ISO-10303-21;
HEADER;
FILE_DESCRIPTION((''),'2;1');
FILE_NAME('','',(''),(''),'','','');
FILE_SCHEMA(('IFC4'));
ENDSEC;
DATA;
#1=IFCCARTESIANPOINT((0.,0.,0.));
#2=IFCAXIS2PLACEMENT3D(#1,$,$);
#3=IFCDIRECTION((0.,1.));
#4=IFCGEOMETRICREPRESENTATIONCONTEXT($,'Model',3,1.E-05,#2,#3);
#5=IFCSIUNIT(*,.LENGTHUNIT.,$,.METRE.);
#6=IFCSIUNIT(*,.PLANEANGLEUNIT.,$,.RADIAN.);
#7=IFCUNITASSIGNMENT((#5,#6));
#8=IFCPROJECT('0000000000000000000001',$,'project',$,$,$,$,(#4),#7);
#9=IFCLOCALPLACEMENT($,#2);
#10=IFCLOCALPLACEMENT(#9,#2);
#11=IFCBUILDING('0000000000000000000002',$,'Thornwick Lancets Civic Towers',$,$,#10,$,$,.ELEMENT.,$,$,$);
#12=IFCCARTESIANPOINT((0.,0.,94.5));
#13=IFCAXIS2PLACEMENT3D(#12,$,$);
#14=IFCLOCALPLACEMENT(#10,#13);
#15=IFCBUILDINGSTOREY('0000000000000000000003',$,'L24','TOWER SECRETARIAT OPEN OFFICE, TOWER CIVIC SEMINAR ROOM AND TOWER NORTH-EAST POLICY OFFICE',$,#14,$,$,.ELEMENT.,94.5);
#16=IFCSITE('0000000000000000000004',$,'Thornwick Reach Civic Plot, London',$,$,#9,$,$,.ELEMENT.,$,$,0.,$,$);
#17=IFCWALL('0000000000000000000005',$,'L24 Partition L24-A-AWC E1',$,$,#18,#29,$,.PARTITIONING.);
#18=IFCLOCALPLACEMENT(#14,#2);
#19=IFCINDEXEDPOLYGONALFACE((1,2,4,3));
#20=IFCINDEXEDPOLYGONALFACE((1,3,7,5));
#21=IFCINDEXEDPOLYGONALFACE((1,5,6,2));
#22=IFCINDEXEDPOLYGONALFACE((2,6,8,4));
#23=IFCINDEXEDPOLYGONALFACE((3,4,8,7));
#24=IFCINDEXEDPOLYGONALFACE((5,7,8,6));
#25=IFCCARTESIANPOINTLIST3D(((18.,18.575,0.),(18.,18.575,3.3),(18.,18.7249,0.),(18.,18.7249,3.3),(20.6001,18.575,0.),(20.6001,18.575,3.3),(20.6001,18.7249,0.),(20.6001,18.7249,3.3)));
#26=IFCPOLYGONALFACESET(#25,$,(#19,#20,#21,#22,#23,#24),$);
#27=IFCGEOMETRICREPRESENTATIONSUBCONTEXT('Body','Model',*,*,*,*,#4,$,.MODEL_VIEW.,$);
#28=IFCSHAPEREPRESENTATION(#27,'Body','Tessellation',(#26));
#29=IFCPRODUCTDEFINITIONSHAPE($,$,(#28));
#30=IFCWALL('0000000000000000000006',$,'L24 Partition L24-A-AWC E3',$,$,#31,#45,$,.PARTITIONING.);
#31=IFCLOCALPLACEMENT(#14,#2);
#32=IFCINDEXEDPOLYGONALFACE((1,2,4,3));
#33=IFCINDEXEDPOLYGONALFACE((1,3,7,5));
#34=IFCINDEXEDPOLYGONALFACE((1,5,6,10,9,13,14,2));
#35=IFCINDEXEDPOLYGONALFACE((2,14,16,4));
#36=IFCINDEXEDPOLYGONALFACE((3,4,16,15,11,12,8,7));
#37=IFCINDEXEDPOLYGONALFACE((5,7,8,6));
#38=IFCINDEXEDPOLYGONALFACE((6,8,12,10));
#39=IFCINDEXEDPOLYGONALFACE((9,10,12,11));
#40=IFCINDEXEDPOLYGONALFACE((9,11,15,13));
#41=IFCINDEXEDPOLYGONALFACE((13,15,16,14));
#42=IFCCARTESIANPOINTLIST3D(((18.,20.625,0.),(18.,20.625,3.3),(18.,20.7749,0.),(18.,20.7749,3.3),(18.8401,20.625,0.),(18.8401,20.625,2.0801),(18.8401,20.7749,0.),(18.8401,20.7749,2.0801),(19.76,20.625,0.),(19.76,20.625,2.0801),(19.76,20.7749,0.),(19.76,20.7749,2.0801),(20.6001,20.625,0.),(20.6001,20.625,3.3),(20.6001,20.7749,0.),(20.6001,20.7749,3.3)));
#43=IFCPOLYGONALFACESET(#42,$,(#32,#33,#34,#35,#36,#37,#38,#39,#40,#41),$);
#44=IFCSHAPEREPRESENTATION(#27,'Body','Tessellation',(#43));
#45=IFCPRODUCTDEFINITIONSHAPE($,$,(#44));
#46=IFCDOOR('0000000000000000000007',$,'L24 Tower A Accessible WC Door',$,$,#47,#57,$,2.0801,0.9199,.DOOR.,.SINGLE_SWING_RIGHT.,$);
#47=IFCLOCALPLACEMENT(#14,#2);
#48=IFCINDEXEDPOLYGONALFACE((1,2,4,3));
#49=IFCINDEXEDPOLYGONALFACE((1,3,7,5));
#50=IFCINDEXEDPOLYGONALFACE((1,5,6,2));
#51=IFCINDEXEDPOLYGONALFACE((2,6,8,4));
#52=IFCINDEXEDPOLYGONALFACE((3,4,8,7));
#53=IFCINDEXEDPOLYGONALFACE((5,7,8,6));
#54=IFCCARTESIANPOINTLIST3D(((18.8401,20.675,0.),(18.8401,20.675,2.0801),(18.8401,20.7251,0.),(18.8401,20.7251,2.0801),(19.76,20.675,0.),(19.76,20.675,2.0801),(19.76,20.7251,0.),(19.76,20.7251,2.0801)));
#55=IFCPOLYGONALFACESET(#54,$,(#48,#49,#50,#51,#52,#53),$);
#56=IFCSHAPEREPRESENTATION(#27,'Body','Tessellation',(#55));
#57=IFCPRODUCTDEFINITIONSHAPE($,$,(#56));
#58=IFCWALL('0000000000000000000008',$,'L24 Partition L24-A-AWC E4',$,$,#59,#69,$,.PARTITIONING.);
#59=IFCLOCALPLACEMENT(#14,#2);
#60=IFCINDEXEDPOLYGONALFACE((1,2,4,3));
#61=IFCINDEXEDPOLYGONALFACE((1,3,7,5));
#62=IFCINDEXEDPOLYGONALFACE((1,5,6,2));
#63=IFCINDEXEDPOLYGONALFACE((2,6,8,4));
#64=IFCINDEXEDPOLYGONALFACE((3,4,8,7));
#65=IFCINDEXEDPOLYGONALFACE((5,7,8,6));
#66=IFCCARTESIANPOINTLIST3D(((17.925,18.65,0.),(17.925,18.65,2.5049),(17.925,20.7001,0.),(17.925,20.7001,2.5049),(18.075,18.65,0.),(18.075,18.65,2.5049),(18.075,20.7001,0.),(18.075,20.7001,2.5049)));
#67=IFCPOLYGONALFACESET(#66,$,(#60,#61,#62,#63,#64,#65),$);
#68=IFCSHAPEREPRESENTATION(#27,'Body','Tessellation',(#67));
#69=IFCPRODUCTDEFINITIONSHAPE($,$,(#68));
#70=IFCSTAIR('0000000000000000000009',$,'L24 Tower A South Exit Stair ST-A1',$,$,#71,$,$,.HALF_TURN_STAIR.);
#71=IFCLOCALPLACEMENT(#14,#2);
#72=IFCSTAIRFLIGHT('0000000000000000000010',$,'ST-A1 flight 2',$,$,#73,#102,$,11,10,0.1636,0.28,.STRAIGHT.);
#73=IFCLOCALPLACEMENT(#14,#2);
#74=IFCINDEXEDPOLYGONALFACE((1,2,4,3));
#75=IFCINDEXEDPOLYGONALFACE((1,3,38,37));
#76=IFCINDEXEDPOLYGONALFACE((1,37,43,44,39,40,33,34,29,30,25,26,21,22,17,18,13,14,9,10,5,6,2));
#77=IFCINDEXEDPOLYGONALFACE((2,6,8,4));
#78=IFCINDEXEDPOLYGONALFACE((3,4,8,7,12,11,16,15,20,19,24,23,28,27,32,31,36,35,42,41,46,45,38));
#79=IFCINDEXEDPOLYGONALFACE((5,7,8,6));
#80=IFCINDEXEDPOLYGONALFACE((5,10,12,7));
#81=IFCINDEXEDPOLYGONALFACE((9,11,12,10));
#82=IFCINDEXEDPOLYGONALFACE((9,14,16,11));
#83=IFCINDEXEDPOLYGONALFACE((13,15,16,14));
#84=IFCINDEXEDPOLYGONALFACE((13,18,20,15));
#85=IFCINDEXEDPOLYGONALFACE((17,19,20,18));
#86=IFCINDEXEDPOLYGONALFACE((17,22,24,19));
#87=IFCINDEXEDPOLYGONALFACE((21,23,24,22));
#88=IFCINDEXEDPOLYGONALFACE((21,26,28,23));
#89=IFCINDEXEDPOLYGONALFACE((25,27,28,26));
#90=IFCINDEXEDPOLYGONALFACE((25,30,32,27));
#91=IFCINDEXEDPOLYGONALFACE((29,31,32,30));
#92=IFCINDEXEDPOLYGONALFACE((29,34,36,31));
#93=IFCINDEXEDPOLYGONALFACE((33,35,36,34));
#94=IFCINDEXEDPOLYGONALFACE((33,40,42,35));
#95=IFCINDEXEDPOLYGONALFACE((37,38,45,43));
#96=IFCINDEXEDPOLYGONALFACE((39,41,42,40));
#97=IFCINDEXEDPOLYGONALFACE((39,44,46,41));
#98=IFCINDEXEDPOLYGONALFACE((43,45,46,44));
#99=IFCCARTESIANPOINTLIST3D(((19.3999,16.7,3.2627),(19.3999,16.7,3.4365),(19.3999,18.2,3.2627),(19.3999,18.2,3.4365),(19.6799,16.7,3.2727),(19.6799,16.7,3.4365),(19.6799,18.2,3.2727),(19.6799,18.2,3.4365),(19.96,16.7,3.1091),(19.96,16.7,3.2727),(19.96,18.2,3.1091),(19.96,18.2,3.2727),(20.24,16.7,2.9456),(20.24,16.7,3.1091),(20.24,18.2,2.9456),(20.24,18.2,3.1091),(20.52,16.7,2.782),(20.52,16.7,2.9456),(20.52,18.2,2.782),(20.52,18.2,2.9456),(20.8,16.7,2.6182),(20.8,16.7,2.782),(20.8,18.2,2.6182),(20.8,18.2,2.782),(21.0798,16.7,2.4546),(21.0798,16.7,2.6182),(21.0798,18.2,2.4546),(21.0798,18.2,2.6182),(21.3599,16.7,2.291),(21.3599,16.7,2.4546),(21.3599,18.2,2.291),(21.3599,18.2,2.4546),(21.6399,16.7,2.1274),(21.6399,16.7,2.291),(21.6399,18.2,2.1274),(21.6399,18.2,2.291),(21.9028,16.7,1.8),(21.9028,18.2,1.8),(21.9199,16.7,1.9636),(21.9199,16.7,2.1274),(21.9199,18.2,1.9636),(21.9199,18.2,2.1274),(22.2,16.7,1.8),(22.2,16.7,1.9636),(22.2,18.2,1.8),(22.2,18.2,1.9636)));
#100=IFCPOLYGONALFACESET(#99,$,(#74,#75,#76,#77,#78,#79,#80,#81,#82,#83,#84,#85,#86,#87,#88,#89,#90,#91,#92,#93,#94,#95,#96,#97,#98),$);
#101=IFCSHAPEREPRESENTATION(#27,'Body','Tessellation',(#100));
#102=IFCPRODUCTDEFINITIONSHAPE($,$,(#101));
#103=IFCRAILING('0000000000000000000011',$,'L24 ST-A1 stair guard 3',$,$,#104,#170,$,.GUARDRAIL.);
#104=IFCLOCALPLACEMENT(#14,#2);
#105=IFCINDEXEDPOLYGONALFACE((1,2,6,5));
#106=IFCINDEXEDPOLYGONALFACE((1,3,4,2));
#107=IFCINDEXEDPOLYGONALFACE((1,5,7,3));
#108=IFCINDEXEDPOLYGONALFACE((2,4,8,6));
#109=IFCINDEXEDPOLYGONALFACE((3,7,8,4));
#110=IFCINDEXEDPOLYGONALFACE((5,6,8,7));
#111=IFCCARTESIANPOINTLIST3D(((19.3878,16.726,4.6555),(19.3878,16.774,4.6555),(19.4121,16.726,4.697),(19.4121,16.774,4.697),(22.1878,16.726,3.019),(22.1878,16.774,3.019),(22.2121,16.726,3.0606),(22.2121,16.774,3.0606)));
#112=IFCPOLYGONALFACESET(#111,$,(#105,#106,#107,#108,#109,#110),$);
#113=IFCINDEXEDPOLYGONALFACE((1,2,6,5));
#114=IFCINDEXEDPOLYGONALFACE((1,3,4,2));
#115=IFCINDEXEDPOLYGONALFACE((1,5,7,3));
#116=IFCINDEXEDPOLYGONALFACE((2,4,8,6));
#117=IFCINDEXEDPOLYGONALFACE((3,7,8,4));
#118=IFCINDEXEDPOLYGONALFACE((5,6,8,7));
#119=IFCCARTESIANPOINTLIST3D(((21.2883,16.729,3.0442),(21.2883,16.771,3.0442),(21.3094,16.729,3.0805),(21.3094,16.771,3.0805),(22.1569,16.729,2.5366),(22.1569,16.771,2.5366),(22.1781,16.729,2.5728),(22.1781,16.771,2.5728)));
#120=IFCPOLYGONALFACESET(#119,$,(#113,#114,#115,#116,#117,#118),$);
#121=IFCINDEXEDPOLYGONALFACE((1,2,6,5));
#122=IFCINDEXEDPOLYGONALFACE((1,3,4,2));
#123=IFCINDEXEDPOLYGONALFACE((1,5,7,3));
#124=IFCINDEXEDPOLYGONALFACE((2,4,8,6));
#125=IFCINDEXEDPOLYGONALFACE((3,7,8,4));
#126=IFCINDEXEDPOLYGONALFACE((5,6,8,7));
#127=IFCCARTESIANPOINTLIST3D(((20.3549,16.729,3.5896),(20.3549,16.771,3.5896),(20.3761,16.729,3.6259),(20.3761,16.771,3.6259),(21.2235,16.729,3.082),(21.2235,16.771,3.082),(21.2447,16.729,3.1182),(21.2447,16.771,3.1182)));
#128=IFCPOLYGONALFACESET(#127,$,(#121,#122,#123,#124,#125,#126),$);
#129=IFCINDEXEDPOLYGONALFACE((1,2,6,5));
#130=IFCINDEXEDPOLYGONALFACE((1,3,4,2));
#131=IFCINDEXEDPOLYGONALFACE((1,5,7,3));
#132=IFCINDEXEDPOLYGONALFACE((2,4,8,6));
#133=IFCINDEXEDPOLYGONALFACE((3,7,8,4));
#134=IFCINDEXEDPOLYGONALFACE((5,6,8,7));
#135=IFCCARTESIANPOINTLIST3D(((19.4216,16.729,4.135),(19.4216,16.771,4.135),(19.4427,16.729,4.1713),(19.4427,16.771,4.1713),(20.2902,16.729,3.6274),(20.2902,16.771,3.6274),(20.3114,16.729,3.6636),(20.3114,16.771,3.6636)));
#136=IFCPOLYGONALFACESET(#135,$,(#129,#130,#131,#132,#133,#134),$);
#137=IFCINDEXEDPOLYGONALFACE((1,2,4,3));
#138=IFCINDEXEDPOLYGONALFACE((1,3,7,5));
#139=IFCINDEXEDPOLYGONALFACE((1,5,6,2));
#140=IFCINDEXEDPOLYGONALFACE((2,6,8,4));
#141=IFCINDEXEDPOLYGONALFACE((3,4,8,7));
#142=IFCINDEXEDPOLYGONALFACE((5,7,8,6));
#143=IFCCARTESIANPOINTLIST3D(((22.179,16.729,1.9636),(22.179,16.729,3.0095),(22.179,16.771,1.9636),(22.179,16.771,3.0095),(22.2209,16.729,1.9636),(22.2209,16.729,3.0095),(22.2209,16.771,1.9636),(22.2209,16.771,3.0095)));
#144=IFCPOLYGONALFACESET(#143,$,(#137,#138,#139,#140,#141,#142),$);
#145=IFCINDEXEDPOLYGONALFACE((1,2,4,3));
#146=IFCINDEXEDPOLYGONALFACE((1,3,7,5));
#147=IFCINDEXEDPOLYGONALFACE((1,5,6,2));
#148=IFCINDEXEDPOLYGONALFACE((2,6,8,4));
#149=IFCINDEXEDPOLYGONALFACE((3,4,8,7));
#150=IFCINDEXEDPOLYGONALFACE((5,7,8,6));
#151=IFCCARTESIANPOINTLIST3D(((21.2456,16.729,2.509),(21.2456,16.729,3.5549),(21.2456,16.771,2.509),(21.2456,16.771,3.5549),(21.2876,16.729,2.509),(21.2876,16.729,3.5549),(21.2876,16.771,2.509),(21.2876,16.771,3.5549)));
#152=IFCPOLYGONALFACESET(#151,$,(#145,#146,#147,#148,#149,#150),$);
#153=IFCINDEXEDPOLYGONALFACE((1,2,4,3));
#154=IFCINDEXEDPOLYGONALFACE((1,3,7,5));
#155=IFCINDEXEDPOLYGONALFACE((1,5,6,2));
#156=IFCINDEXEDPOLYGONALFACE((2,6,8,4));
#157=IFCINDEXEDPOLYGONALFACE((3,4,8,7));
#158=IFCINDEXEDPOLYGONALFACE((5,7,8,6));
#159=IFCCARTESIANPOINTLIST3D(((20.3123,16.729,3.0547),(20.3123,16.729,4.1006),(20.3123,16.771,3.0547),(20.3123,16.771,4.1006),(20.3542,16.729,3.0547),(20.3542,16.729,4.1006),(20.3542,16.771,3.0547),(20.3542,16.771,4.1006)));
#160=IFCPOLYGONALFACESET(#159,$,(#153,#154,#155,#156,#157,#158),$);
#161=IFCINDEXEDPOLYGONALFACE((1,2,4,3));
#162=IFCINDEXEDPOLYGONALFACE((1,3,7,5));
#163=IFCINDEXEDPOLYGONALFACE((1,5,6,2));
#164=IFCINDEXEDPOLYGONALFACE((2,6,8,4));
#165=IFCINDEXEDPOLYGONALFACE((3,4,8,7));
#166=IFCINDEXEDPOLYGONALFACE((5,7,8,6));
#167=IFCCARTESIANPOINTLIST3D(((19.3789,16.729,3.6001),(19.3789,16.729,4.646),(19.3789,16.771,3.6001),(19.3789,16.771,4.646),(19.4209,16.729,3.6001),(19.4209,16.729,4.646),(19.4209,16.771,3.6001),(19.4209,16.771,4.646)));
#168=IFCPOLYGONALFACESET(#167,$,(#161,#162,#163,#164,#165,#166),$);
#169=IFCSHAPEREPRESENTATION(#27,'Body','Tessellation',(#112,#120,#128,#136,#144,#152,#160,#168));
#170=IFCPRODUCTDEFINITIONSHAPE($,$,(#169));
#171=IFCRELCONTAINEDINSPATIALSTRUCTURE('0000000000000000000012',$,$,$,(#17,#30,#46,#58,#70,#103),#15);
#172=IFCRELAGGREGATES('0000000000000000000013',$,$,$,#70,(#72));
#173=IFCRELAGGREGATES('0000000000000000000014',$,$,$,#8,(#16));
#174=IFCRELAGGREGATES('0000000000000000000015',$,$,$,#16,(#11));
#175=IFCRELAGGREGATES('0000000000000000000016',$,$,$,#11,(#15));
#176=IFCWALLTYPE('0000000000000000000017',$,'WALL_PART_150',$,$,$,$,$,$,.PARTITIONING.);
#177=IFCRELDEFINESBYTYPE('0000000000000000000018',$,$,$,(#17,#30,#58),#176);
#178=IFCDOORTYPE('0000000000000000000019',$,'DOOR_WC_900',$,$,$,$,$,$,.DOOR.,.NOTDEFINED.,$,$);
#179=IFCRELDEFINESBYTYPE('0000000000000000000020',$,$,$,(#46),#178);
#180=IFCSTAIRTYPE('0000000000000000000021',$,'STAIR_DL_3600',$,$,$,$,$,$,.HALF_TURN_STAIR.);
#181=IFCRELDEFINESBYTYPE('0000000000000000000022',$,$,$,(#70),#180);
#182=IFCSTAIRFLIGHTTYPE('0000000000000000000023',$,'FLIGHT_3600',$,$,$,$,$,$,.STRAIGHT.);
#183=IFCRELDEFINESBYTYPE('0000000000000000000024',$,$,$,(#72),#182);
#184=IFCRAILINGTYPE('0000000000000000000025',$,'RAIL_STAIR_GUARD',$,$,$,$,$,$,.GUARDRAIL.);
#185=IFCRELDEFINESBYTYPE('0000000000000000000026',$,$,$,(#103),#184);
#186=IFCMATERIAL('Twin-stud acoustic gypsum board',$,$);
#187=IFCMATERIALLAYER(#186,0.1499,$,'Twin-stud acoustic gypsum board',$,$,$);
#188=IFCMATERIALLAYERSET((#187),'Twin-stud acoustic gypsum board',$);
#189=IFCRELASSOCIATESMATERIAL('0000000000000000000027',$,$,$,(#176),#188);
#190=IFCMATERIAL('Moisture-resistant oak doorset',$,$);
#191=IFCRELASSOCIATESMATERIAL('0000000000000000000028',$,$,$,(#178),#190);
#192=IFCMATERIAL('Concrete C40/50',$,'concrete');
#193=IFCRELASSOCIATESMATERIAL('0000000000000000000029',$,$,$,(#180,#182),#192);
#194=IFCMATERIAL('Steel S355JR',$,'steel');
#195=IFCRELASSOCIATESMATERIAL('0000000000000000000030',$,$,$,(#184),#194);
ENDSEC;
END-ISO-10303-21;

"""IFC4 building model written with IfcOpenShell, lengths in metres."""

from ifc_helpers import new_model, si_unit, direction, frame, frame_2d, origin, origin_2d, place, context, subcontext, project, spatial, polyline, rectangle, outline, extrude, material, layer, layer_set, type_object, element, fill, aggregate, save


model = new_model("IFC4")

# Units and contexts
model_context = context("Model", 3, precision=1e-05, world=origin(), true_north=direction((0.0, 1.0)))
body_context = subcontext(model_context, "Body", "Model", "MODEL_VIEW")
ifc_project = project(units=[si_unit("LENGTHUNIT", "METRE"), si_unit("PLANEANGLEUNIT", "RADIAN")], contexts=[model_context])

# Site, building, storey
site_placement = place(None, origin())
site = spatial("IfcSite", under=ifc_project, at=site_placement, Name="Thornwick Reach Civic Plot, London", CompositionType="ELEMENT", RefElevation=0.0)
building_placement = place(site_placement, origin())
building = spatial("IfcBuilding", under=site, at=building_placement, Name="Thornwick Lancets Civic Towers", CompositionType="ELEMENT")
storey_placement = place(building_placement, frame((0.0, 0.0, 94.5)))
storey = spatial("IfcBuildingStorey", under=building, at=storey_placement, Name="L24", Description="TOWER SECRETARIAT OPEN OFFICE, TOWER CIVIC SEMINAR ROOM AND TOWER NORTH-EAST POLICY OFFICE", CompositionType="ELEMENT", Elevation=94.5)

# Wall
ifc_material_1 = material(Name="Twin-stud acoustic gypsum board")
ifc_layer_1 = layer(ifc_material_1, 0.1499, Name="Twin-stud acoustic gypsum board")
ifc_layer_set_1 = layer_set([ifc_layer_1], Name="Twin-stud acoustic gypsum board")
wall_type_1 = type_object("IfcWallType", Name="WALL_PART_150", PredefinedType="PARTITIONING", material=ifc_layer_set_1)
wall_1_placement = place(storey_placement, frame((18.0, 18.6499, 0.0), z_axis=(0.0, 0.0, 1.0), x_axis=(1.0, 0.0, 0.0)))
element("IfcWall", 1, at=wall_1_placement, inside=storey, type_object=wall_type_1, Name="L24 Partition L24-A-AWC E1", PredefinedType="PARTITIONING", context=body_context, shape_type="SweptSolid", body=[
    extrude(rectangle(XDim=2.6001, YDim=0.1499, at=frame_2d((1.3, 0.0))), origin(), (0.0, 0.0, 1.0), 3.3),
])

# Wall, opening, door
wall_2_placement = place(storey_placement, frame((20.6001, 20.7, 0.0), z_axis=(0.0, 0.0, 1.0), x_axis=(-1.0, 0.0, 0.0)))
wall_2 = element("IfcWall", 2, at=wall_2_placement, inside=storey, type_object=wall_type_1, Name="L24 Partition L24-A-AWC E3", PredefinedType="PARTITIONING", context=body_context, shape_type="SweptSolid", body=[
    extrude(rectangle(XDim=2.6001, YDim=0.1499, at=frame_2d((1.3, 0.0))), origin(), (0.0, 0.0, 1.0), 3.3),
])
opening_1_placement = place(wall_2_placement, frame((0.8401, 0.0, 0.0)))
opening_1 = element("IfcOpeningElement", 3, at=opening_1_placement, cuts=wall_2, PredefinedType="OPENING", context=body_context, shape_type="SweptSolid", body=[
    extrude(rectangle(XDim=0.9199, YDim=2.0801, at=frame_2d((0.46, 1.04))), frame((0.0, 0.085, 0.0), z_axis=(0.0, -1.0, 0.0), x_axis=(1.0, 0.0, 0.0)), (0.0, 0.0, 1.0), 0.1699),
])
ifc_material_2 = material(Name="Moisture-resistant oak doorset")
door_type_1 = type_object("IfcDoorType", Name="DOOR_WC_900", OperationType="NOTDEFINED", PredefinedType="DOOR", material=ifc_material_2)
door_1_placement = place(opening_1_placement, origin())
door_1 = element("IfcDoor", 4, at=door_1_placement, inside=storey, type_object=door_type_1, Name="L24 Tower A Accessible WC Door", OperationType="SINGLE_SWING_RIGHT", OverallHeight=2.0801, OverallWidth=0.9199, PredefinedType="DOOR", context=body_context, shape_type="SweptSolid", body=[
    extrude(rectangle(XDim=0.9199, YDim=2.0801, at=frame_2d((0.46, 1.04))), frame((0.0, 0.0249, 0.0), z_axis=(0.0, -1.0, 0.0), x_axis=(1.0, 0.0, 0.0)), (0.0, 0.0, 1.0), 0.05),
])
fill(opening_1, door_1)

# Wall
wall_3_placement = place(storey_placement, frame((18.0, 20.7, 0.0), z_axis=(0.0, 0.0, 1.0), x_axis=(0.0, -1.0, 0.0)))
element("IfcWall", 5, at=wall_3_placement, inside=storey, type_object=wall_type_1, Name="L24 Partition L24-A-AWC E4", PredefinedType="PARTITIONING", context=body_context, shape_type="SweptSolid", body=[
    extrude(rectangle(XDim=2.05, YDim=0.1499, at=frame_2d((1.0249, 0.0))), origin(), (0.0, 0.0, 1.0), 2.5049),
])

# Stair, stair flight
ifc_material_3 = material(Name="Concrete C40/50", Category="concrete")
stair_type = type_object("IfcStairType", Name="STAIR_DL_3600", PredefinedType="HALF_TURN_STAIR", material=ifc_material_3)
stair_placement = place(storey_placement, origin())
stair = element("IfcStair", 6, at=stair_placement, inside=storey, type_object=stair_type, Name="L24 Tower A South Exit Stair ST-A1", PredefinedType="HALF_TURN_STAIR")
stair_flight_type = type_object("IfcStairFlightType", Name="FLIGHT_3600", PredefinedType="STRAIGHT", material=ifc_material_3)
stair_flight_placement = place(storey_placement, frame((22.2, 17.45, 1.8), z_axis=(0.0, 0.0, 1.0), x_axis=(-1.0, 0.0, 0.0)))
stair_flight = element("IfcStairFlight", 7, at=stair_flight_placement, type_object=stair_flight_type, Name="ST-A1 flight 2", NumberOfRisers=11, NumberOfTreads=10, PredefinedType="STRAIGHT", RiserHeight=0.1636, TreadLength=0.28, context=body_context, shape_type="SweptSolid", body=[
    extrude(outline(polyline([(0.0, 0.0), (0.0, 0.1636), (0.28, 0.1636), (0.28, 0.3274), (0.5601, 0.3274), (0.5601, 0.491), (0.8401, 0.491), (0.8401, 0.6545), (1.1201, 0.6545), (1.1201, 0.8181), (1.3999, 0.8181), (1.3999, 0.9819), (1.6799, 0.9819), (1.6799, 1.1455), (1.96, 1.1455), (1.96, 1.3091), (2.24, 1.3091), (2.24, 1.4727), (2.52, 1.4727), (2.52, 1.6365), (2.8, 1.6365), (2.8, 1.8), (2.8, 1.4626), (0.2971, 0.0), (0.0, 0.0)])), frame((0.0, 0.75, 0.0), z_axis=(0.0, -1.0, 0.0), x_axis=(1.0, 0.0, 0.0)), (0.0, 0.0, 1.0), 1.5),
])
aggregate(stair, [stair_flight])

# Railing
ifc_material_4 = material(Name="Steel S355JR", Category="steel")
railing_type_1 = type_object("IfcRailingType", Name="RAIL_STAIR_GUARD", PredefinedType="GUARDRAIL", material=ifc_material_4)
railing_1_placement = place(storey_placement, frame((22.2, 16.75, 1.9636)))
element("IfcRailing", 8, at=railing_1_placement, inside=storey, type_object=railing_type_1, Name="L24 ST-A1 stair guard 3", PredefinedType="GUARDRAIL", context=body_context, shape_type="SweptSolid", body=[
    extrude(rectangle(XDim=0.0481, YDim=0.0481, at=origin_2d()), frame((0.0, 0.0, 1.0762), z_axis=(-0.863361, 0.0, 0.504587), x_axis=(0.0, -1.0, 0.0)), (0.0, 0.0, 1.0), 3.2432),
    extrude(rectangle(XDim=0.042, YDim=0.042, at=origin_2d()), frame((-0.0325, 0.0, 0.5911), z_axis=(-0.863361, 0.0, 0.504587), x_axis=(0.0, -1.0, 0.0)), (0.0, 0.0, 1.0), 1.0061),
    extrude(rectangle(XDim=0.042, YDim=0.042, at=origin_2d()), frame((-0.9658, 0.0, 1.1365), z_axis=(-0.863361, 0.0, 0.504587), x_axis=(0.0, -1.0, 0.0)), (0.0, 0.0, 1.0), 1.0061),
    extrude(rectangle(XDim=0.042, YDim=0.042, at=origin_2d()), frame((-1.8992, 0.0, 1.6819), z_axis=(-0.863361, 0.0, 0.504587), x_axis=(0.0, -1.0, 0.0)), (0.0, 0.0, 1.0), 1.0061),
    extrude(rectangle(XDim=0.042, YDim=0.042, at=origin_2d()), origin(), (0.0, 0.0, 1.0), 1.0459),
    extrude(rectangle(XDim=0.042, YDim=0.042, at=origin_2d()), frame((-0.9333, 0.0, 0.5454)), (0.0, 0.0, 1.0), 1.0459),
    extrude(rectangle(XDim=0.042, YDim=0.042, at=origin_2d()), frame((-1.8667, 0.0, 1.0911)), (0.0, 0.0, 1.0), 1.0459),
    extrude(rectangle(XDim=0.042, YDim=0.042, at=origin_2d()), frame((-2.8, 0.0, 1.6365)), (0.0, 0.0, 1.0), 1.0459),
])

save(model, "model.ifc")
